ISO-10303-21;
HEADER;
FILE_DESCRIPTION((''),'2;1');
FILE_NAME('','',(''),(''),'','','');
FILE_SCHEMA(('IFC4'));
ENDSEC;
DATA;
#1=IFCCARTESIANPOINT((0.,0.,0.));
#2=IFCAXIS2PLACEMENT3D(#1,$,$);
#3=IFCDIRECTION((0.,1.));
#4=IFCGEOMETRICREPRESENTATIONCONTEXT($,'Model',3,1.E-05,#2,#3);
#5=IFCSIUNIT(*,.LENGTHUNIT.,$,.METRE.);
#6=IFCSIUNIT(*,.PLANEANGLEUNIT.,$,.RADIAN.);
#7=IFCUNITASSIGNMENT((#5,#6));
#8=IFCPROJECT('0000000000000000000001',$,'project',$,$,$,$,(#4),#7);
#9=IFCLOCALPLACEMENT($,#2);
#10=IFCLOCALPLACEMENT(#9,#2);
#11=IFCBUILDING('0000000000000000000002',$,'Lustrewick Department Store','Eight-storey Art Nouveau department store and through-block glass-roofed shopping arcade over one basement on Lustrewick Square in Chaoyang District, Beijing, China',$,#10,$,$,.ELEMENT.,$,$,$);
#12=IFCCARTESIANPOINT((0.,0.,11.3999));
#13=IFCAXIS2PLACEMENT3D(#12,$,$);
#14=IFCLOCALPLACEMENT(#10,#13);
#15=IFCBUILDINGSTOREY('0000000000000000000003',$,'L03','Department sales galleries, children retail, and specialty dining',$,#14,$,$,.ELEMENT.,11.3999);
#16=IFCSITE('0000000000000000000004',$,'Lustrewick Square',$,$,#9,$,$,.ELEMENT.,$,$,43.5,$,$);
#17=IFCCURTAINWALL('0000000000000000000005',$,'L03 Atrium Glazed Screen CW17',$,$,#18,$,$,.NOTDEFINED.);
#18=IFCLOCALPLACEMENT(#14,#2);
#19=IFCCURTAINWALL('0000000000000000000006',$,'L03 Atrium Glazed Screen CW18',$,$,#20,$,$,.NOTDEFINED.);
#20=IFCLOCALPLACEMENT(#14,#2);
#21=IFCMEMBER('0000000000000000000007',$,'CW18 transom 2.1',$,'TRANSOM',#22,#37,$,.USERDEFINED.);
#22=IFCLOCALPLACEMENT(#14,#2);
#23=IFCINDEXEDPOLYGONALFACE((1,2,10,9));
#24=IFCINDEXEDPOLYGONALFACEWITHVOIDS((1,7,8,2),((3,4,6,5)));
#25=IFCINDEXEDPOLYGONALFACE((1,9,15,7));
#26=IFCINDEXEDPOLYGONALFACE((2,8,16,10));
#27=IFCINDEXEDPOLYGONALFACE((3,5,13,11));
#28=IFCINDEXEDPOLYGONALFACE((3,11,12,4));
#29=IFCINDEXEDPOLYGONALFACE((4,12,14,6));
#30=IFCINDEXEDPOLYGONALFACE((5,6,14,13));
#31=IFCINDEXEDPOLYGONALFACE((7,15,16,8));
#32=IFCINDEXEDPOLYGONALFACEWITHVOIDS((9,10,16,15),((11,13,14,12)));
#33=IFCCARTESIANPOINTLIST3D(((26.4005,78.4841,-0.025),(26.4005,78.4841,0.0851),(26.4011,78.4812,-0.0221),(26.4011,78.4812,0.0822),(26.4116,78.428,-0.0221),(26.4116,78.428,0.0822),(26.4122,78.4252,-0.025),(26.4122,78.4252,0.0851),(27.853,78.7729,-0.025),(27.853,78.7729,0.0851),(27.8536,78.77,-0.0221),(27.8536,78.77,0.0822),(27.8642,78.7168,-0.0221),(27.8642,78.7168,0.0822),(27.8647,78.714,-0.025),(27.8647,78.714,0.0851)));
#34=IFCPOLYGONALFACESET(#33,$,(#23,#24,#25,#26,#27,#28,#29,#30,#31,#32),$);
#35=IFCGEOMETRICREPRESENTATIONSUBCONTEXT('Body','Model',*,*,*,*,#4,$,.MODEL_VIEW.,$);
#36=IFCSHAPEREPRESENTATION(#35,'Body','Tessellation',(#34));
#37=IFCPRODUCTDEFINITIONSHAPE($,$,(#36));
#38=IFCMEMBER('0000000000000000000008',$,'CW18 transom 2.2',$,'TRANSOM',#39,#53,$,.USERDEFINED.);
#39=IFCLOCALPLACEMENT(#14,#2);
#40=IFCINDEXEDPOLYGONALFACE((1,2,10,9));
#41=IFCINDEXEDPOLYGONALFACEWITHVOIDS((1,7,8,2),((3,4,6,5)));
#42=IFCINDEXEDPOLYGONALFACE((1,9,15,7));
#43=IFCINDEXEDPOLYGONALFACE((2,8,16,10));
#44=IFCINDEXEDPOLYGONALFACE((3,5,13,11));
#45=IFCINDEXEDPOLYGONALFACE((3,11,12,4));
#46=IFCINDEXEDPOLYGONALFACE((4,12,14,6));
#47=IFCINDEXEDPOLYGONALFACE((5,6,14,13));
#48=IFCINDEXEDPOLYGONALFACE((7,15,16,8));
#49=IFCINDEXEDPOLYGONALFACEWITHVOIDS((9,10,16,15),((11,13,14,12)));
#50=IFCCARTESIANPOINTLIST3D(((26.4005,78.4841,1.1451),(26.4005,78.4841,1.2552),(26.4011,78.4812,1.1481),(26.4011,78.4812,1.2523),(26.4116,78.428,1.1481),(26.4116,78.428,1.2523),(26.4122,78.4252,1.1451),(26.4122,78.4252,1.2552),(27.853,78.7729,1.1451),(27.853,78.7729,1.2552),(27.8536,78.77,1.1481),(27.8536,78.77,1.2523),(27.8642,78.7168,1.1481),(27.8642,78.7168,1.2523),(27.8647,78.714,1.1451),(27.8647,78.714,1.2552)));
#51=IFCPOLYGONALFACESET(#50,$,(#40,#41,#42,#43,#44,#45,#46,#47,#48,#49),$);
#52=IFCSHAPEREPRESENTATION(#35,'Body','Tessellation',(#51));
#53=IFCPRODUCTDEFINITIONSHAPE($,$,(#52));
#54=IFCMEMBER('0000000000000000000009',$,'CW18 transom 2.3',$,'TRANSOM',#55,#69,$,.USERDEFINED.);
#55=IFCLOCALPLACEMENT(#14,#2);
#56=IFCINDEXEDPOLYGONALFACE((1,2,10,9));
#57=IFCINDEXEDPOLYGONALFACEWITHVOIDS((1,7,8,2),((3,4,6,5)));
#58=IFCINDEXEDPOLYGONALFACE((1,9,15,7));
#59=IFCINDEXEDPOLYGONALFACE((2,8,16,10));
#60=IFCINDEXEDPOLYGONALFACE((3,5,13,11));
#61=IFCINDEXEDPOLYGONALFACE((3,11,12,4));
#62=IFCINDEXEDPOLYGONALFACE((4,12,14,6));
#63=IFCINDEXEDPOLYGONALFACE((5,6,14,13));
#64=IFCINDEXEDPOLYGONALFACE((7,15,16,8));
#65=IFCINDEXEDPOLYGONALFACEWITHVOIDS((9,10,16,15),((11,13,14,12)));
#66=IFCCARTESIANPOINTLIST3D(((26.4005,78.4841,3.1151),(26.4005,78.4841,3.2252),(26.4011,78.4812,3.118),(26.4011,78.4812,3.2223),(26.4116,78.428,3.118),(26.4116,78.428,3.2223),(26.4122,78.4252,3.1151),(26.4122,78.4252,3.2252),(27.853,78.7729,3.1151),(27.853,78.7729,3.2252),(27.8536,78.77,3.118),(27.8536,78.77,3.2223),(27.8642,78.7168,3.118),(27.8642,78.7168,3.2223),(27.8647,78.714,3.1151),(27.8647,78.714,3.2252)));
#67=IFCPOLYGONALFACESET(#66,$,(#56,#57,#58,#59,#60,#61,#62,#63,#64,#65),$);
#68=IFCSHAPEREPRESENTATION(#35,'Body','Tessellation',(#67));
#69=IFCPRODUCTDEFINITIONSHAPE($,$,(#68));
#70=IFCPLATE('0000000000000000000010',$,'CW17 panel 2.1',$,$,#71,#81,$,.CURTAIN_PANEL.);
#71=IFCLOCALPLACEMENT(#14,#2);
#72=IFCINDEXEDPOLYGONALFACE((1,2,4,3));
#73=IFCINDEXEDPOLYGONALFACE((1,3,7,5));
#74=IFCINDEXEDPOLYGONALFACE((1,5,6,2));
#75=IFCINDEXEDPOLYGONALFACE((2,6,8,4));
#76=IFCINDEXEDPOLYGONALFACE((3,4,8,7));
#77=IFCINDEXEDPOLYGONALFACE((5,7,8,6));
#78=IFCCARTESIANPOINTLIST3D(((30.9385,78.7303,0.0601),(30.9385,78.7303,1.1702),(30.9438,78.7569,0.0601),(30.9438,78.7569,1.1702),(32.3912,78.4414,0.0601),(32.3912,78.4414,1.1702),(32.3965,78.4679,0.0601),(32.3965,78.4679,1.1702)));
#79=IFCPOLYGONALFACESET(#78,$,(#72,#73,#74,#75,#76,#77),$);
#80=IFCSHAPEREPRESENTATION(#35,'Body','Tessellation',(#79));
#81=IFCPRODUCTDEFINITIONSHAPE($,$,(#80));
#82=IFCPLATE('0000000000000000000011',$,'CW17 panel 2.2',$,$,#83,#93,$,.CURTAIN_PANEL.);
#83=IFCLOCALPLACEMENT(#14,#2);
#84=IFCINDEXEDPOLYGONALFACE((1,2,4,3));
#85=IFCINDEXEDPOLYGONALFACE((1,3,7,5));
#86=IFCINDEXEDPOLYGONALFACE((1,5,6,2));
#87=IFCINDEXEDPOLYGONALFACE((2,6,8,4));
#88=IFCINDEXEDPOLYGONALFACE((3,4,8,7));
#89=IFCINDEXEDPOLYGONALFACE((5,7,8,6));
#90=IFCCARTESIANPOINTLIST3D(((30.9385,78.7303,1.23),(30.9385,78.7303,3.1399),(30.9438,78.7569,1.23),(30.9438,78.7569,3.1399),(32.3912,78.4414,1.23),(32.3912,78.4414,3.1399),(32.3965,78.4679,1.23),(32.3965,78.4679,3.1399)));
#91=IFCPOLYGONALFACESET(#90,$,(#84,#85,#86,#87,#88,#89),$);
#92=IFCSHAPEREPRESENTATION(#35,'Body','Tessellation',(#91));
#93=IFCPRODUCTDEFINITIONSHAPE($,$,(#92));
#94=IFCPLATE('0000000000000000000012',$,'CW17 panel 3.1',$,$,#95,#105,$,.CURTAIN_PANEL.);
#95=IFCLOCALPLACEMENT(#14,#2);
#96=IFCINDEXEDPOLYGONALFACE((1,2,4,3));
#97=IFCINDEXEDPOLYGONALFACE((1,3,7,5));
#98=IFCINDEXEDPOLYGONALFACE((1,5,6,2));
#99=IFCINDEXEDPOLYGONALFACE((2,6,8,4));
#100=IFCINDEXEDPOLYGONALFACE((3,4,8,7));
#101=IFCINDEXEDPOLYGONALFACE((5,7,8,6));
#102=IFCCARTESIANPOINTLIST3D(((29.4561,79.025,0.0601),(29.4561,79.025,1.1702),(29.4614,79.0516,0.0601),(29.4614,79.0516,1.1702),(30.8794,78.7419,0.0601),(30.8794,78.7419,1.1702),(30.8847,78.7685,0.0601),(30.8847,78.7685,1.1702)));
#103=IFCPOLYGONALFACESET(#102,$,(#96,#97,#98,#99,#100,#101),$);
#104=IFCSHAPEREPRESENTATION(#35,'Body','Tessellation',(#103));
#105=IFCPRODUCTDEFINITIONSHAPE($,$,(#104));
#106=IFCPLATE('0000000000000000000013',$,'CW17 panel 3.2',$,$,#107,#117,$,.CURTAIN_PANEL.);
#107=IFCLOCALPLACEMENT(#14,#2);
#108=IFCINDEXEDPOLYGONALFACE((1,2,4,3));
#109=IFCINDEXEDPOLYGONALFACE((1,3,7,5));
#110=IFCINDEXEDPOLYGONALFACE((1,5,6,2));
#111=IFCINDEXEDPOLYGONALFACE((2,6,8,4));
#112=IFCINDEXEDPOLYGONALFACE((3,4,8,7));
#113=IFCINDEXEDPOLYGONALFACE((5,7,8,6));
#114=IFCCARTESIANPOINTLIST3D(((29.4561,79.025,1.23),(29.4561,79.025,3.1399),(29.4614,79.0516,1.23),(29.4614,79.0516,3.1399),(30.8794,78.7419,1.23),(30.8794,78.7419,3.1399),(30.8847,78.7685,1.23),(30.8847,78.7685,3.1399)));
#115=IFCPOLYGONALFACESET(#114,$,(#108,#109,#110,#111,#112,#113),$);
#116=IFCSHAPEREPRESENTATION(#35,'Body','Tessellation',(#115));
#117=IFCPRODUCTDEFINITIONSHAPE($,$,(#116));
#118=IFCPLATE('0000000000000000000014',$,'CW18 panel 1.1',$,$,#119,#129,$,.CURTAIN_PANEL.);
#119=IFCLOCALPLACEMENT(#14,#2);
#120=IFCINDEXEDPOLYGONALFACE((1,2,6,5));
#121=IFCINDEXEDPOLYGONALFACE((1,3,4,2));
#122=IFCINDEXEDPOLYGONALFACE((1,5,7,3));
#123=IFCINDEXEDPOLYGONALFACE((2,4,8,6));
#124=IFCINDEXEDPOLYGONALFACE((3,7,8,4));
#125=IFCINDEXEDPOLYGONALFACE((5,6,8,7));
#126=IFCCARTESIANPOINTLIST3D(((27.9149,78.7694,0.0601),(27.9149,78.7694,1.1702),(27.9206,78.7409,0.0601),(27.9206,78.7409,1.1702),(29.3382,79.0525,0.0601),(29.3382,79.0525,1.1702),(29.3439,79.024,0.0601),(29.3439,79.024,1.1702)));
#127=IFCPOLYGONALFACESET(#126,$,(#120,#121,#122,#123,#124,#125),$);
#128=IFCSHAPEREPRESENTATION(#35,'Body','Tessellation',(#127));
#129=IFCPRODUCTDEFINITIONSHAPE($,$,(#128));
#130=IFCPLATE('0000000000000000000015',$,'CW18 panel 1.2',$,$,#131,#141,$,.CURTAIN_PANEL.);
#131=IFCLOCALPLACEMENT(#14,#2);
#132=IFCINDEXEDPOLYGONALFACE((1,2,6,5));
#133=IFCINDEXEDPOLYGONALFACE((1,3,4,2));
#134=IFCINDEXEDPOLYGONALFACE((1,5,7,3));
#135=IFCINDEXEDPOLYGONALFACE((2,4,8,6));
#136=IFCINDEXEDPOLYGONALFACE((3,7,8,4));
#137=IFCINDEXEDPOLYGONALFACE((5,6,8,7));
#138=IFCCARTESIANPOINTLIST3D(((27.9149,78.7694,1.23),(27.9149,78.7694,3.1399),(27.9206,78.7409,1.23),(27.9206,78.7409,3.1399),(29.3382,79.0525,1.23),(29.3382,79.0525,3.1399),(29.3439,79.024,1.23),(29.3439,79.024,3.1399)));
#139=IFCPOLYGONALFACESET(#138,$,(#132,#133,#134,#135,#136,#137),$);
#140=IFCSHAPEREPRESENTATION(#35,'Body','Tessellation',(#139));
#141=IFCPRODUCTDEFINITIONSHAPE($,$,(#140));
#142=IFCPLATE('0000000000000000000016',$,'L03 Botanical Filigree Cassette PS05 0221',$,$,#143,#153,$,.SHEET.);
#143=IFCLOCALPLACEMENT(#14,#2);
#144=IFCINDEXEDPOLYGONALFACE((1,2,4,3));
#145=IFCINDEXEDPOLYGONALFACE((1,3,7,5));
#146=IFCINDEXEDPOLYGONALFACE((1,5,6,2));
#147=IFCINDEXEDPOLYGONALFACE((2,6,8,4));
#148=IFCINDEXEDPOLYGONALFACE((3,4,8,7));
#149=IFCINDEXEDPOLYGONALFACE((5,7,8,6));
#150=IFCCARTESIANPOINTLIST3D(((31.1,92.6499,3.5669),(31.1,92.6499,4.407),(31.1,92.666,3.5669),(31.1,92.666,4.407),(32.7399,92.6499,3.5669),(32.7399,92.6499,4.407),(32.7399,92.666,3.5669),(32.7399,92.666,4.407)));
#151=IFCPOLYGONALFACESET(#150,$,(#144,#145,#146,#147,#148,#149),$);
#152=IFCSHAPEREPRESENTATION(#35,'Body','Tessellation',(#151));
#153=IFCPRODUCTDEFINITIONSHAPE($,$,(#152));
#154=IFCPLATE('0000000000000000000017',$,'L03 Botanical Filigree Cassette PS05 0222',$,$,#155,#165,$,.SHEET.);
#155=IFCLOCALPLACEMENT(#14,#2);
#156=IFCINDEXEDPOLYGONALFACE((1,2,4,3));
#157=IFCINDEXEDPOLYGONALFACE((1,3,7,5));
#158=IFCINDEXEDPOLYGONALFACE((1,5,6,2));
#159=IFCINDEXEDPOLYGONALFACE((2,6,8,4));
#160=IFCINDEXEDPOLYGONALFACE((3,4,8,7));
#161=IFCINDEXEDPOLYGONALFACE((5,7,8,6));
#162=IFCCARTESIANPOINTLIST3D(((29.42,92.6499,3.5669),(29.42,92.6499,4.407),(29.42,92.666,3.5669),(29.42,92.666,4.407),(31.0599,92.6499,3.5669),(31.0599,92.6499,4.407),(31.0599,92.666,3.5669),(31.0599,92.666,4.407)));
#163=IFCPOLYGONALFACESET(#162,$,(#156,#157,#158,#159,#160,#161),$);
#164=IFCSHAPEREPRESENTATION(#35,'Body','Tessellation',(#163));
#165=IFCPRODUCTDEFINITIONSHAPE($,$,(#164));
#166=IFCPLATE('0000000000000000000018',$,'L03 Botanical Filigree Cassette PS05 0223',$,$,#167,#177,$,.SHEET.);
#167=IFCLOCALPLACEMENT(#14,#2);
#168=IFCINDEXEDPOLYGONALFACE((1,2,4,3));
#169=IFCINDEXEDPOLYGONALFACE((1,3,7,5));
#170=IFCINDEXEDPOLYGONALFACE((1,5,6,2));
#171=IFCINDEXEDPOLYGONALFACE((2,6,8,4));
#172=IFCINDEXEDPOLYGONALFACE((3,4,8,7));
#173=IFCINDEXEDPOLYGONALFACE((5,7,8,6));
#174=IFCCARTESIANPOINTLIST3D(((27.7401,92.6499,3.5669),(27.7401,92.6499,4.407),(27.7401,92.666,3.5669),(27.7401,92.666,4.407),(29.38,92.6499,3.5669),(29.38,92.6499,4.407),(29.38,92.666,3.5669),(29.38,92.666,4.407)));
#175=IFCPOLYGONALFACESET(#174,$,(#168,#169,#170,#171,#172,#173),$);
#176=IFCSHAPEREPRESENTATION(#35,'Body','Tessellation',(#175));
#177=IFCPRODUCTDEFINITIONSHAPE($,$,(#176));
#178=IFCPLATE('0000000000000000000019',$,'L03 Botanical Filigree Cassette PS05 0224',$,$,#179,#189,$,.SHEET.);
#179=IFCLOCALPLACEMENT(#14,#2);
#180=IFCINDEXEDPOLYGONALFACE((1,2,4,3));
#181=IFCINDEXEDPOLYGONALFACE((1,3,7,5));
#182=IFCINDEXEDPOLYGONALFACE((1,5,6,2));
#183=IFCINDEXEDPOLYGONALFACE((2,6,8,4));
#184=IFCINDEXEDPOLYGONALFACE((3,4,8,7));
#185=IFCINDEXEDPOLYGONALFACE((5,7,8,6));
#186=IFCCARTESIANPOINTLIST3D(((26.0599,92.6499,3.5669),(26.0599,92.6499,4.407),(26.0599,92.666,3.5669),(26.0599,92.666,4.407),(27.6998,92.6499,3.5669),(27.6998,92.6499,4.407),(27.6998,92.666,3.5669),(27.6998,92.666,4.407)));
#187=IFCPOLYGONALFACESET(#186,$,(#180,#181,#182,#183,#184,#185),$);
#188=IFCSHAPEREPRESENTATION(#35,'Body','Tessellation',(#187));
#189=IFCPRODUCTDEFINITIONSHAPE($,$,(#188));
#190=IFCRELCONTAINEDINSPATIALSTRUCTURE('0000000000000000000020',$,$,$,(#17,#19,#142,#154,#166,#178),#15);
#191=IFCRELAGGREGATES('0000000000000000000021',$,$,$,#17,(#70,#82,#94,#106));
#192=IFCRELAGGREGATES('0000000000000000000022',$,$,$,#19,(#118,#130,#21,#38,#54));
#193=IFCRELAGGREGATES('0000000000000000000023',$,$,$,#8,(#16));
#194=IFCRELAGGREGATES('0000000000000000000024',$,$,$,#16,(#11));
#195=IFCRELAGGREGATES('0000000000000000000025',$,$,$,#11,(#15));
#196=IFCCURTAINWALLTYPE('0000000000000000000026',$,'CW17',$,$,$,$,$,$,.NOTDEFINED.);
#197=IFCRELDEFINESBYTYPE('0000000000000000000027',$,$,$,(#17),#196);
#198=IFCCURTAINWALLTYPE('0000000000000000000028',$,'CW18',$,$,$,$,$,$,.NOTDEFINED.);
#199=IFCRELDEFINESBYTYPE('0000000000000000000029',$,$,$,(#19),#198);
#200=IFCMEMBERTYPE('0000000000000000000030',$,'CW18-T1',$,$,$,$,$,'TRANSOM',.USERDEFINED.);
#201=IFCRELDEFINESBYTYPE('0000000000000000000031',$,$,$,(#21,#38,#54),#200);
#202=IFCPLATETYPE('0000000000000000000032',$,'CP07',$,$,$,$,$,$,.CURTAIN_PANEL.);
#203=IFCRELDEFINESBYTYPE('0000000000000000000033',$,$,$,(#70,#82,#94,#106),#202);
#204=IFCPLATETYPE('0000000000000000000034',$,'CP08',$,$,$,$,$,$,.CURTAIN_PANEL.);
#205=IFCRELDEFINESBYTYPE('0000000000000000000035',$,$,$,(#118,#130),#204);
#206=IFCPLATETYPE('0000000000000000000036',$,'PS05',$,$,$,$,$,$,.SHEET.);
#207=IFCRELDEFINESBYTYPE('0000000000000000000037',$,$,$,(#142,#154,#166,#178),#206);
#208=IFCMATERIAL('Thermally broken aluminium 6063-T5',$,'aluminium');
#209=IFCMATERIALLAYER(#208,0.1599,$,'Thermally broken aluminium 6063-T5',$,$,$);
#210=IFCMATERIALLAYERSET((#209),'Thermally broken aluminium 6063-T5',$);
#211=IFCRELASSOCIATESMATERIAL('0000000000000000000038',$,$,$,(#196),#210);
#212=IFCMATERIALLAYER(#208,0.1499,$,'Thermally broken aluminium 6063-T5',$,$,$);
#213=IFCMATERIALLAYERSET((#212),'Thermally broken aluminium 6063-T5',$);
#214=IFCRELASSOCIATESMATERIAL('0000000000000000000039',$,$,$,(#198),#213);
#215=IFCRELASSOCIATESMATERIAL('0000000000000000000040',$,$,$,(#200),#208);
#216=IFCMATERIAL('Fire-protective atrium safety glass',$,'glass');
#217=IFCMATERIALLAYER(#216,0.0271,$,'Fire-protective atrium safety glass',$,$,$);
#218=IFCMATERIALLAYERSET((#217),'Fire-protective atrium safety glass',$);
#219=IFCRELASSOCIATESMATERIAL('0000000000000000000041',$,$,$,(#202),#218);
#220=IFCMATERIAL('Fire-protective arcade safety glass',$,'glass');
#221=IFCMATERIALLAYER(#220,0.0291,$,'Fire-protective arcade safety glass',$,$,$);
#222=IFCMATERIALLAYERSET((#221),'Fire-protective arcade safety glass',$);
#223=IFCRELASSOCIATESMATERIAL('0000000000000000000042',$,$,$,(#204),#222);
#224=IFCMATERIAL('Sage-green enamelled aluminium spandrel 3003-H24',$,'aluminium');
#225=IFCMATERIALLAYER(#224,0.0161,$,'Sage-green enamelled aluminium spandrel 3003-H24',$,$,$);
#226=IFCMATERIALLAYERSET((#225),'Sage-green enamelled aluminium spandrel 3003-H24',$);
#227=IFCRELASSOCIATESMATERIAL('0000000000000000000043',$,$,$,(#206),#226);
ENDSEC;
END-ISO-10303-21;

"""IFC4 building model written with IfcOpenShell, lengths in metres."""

from ifc_helpers import new_model, si_unit, direction, frame, origin, origin_2d, place, context, subcontext, project, spatial, rectangle, hollow_rectangle, extrude, material, layer, layer_set, material_profile, profile_set, type_object, element, aggregate, save


model = new_model("IFC4")

# Units and contexts
model_context = context("Model", 3, precision=1e-05, world=origin(), true_north=direction((0.0, 1.0)))
body_context = subcontext(model_context, "Body", "Model", "MODEL_VIEW")
ifc_project = project(units=[si_unit("LENGTHUNIT", "METRE"), si_unit("PLANEANGLEUNIT", "RADIAN")], contexts=[model_context])

# Site, building, storey
site_placement = place(None, origin())
site = spatial("IfcSite", under=ifc_project, at=site_placement, Name="Lustrewick Square", CompositionType="ELEMENT", RefElevation=43.5)
building_placement = place(site_placement, origin())
building = spatial("IfcBuilding", under=site, at=building_placement, Name="Lustrewick Department Store", Description="Eight-storey Art Nouveau department store and through-block glass-roofed shopping arcade over one basement on Lustrewick Square in Chaoyang District, Beijing, China", CompositionType="ELEMENT")
storey_placement = place(building_placement, frame((0.0, 0.0, 11.3999)))
storey = spatial("IfcBuildingStorey", under=building, at=storey_placement, Name="L03", Description="Department sales galleries, children retail, and specialty dining", CompositionType="ELEMENT", Elevation=11.3999)

# Curtain walls, members
ifc_material_1 = material(Name="Thermally broken aluminium 6063-T5", Category="aluminium")
ifc_layer_1 = layer(ifc_material_1, 0.1599, Name="Thermally broken aluminium 6063-T5")
ifc_layer_set_1 = layer_set([ifc_layer_1], Name="Thermally broken aluminium 6063-T5")
curtain_wall_type_1 = type_object("IfcCurtainWallType", Name="CW17", PredefinedType="NOTDEFINED", material=ifc_layer_set_1)
curtain_wall_1_placement = place(storey_placement, origin())
curtain_wall_1 = element("IfcCurtainWall", 1, at=curtain_wall_1_placement, inside=storey, type_object=curtain_wall_type_1, Name="L03 Atrium Glazed Screen CW17", PredefinedType="NOTDEFINED")
ifc_layer_2 = layer(ifc_material_1, 0.1499, Name="Thermally broken aluminium 6063-T5")
ifc_layer_set_2 = layer_set([ifc_layer_2], Name="Thermally broken aluminium 6063-T5")
curtain_wall_type_2 = type_object("IfcCurtainWallType", Name="CW18", PredefinedType="NOTDEFINED", material=ifc_layer_set_2)
curtain_wall_2_placement = place(storey_placement, origin())
curtain_wall_2 = element("IfcCurtainWall", 2, at=curtain_wall_2_placement, inside=storey, type_object=curtain_wall_type_2, Name="L03 Atrium Glazed Screen CW18", PredefinedType="NOTDEFINED")
ifc_material_profile_1 = material_profile(ifc_material_1, hollow_rectangle(XDim=0.0601, YDim=0.1101, WallThickness=0.0029, at=origin_2d()), Name="ALU-T 60x110x3")
ifc_profile_set_1 = profile_set([ifc_material_profile_1], Name="Thermally broken aluminium 6063-T5")
member_type_1 = type_object("IfcMemberType", Name="CW18-T1", ElementType="TRANSOM", PredefinedType="USERDEFINED", material=ifc_profile_set_1)
member_1_placement = place(storey_placement, frame((27.8589, 78.7434, 0.03), z_axis=(-0.980802, -0.195007, 0.0), x_axis=(0.195007, -0.980802, 0.0)))
member_1 = element("IfcMember", 3, at=member_1_placement, type_object=member_type_1, Name="CW18 transom 2.1", ObjectType="TRANSOM", PredefinedType="USERDEFINED", context=body_context, shape_type="SweptSolid", body=[
    extrude(hollow_rectangle(XDim=0.0601, YDim=0.1101, WallThickness=0.0029, at=origin_2d()), origin(), (0.0, 0.0, 1.0), 1.481),
])
member_2_placement = place(storey_placement, frame((27.8589, 78.7434, 1.2002), z_axis=(-0.980802, -0.195007, 0.0), x_axis=(0.195007, -0.980802, 0.0)))
member_2 = element("IfcMember", 4, at=member_2_placement, type_object=member_type_1, Name="CW18 transom 2.2", ObjectType="TRANSOM", PredefinedType="USERDEFINED", context=body_context, shape_type="SweptSolid", body=[
    extrude(hollow_rectangle(XDim=0.0601, YDim=0.1101, WallThickness=0.0029, at=origin_2d()), origin(), (0.0, 0.0, 1.0), 1.481),
])
member_3_placement = place(storey_placement, frame((27.8589, 78.7434, 3.1702), z_axis=(-0.980802, -0.195007, 0.0), x_axis=(0.195007, -0.980802, 0.0)))
member_3 = element("IfcMember", 5, at=member_3_placement, type_object=member_type_1, Name="CW18 transom 2.3", ObjectType="TRANSOM", PredefinedType="USERDEFINED", context=body_context, shape_type="SweptSolid", body=[
    extrude(hollow_rectangle(XDim=0.0601, YDim=0.1101, WallThickness=0.0029, at=origin_2d()), origin(), (0.0, 0.0, 1.0), 1.481),
])

# Plates
ifc_material_2 = material(Name="Fire-protective atrium safety glass", Category="glass")
ifc_layer_3 = layer(ifc_material_2, 0.0271, Name="Fire-protective atrium safety glass")
ifc_layer_set_3 = layer_set([ifc_layer_3], Name="Fire-protective atrium safety glass")
plate_type_1 = type_object("IfcPlateType", Name="CP07", PredefinedType="CURTAIN_PANEL", material=ifc_layer_set_3)
plate_1_placement = place(storey_placement, frame((31.6675, 78.5991, 0.0601), z_axis=(0.0, 0.0, 1.0), x_axis=(-0.980786, 0.195085, 0.0)))
plate_1 = element("IfcPlate", 6, at=plate_1_placement, type_object=plate_type_1, Name="CW17 panel 2.1", PredefinedType="CURTAIN_PANEL", context=body_context, shape_type="SweptSolid", body=[
    extrude(rectangle(XDim=1.4812, YDim=0.0271, at=origin_2d()), origin(), (0.0, 0.0, 1.0), 1.1101),
])
plate_2_placement = place(storey_placement, frame((31.6675, 78.5991, 1.23), z_axis=(0.0, 0.0, 1.0), x_axis=(-0.980786, 0.195085, 0.0)))
plate_2 = element("IfcPlate", 7, at=plate_2_placement, type_object=plate_type_1, Name="CW17 panel 2.2", PredefinedType="CURTAIN_PANEL", context=body_context, shape_type="SweptSolid", body=[
    extrude(rectangle(XDim=1.4812, YDim=0.0271, at=origin_2d()), origin(), (0.0, 0.0, 1.0), 1.9099),
])
plate_3_placement = place(storey_placement, frame((30.1704, 78.8967, 0.0601), z_axis=(0.0, 0.0, 1.0), x_axis=(-0.980786, 0.195085, 0.0)))
plate_3 = element("IfcPlate", 8, at=plate_3_placement, type_object=plate_type_1, Name="CW17 panel 3.1", PredefinedType="CURTAIN_PANEL", context=body_context, shape_type="SweptSolid", body=[
    extrude(rectangle(XDim=1.4512, YDim=0.0271, at=origin_2d()), origin(), (0.0, 0.0, 1.0), 1.1101),
])
plate_4_placement = place(storey_placement, frame((30.1704, 78.8967, 1.23), z_axis=(0.0, 0.0, 1.0), x_axis=(-0.980786, 0.195085, 0.0)))
plate_4 = element("IfcPlate", 9, at=plate_4_placement, type_object=plate_type_1, Name="CW17 panel 3.2", PredefinedType="CURTAIN_PANEL", context=body_context, shape_type="SweptSolid", body=[
    extrude(rectangle(XDim=1.4512, YDim=0.0271, at=origin_2d()), origin(), (0.0, 0.0, 1.0), 1.9099),
])
aggregate(curtain_wall_1, [plate_1, plate_2, plate_3, plate_4])
ifc_material_3 = material(Name="Fire-protective arcade safety glass", Category="glass")
ifc_layer_4 = layer(ifc_material_3, 0.0291, Name="Fire-protective arcade safety glass")
ifc_layer_set_4 = layer_set([ifc_layer_4], Name="Fire-protective arcade safety glass")
plate_type_2 = type_object("IfcPlateType", Name="CP08", PredefinedType="CURTAIN_PANEL", material=ifc_layer_set_4)
plate_5_placement = place(storey_placement, frame((28.6294, 78.8967, 0.0601), z_axis=(0.0, 0.0, 1.0), x_axis=(-0.980786, -0.195085, 0.0)))
plate_5 = element("IfcPlate", 10, at=plate_5_placement, type_object=plate_type_2, Name="CW18 panel 1.1", PredefinedType="CURTAIN_PANEL", context=body_context, shape_type="SweptSolid", body=[
    extrude(rectangle(XDim=1.4512, YDim=0.0291, at=origin_2d()), origin(), (0.0, 0.0, 1.0), 1.1101),
])
plate_6_placement = place(storey_placement, frame((28.6294, 78.8967, 1.23), z_axis=(0.0, 0.0, 1.0), x_axis=(-0.980786, -0.195085, 0.0)))
plate_6 = element("IfcPlate", 11, at=plate_6_placement, type_object=plate_type_2, Name="CW18 panel 1.2", PredefinedType="CURTAIN_PANEL", context=body_context, shape_type="SweptSolid", body=[
    extrude(rectangle(XDim=1.4512, YDim=0.0291, at=origin_2d()), origin(), (0.0, 0.0, 1.0), 1.9099),
])
aggregate(curtain_wall_2, [plate_5, plate_6, member_1, member_2, member_3])

# Plates
ifc_material_4 = material(Name="Sage-green enamelled aluminium spandrel 3003-H24", Category="aluminium")
ifc_layer_5 = layer(ifc_material_4, 0.0161, Name="Sage-green enamelled aluminium spandrel 3003-H24")
ifc_layer_set_5 = layer_set([ifc_layer_5], Name="Sage-green enamelled aluminium spandrel 3003-H24")
plate_type_3 = type_object("IfcPlateType", Name="PS05", PredefinedType="SHEET", material=ifc_layer_set_5)
for number, where, z_axis, x_axis, name in (
    (12, (31.9199, 92.658, 3.5669), (0.0, 0.0, 1.0), (-1.0, 0.0, 0.0), "L03 Botanical Filigree Cassette PS05 0221"),
    (13, (30.24, 92.658, 3.5669), (0.0, 0.0, 1.0), (-1.0, 0.0, 0.0), "L03 Botanical Filigree Cassette PS05 0222"),
    (14, (28.5601, 92.658, 3.5669), (0.0, 0.0, 1.0), (-1.0, 0.0, 0.0), "L03 Botanical Filigree Cassette PS05 0223"),
    (15, (26.8799, 92.658, 3.5669), (0.0, 0.0, 1.0), (-1.0, 0.0, 0.0), "L03 Botanical Filigree Cassette PS05 0224"),
):
    element("IfcPlate", number, at=place(storey_placement, frame(where, z_axis=z_axis, x_axis=x_axis)), inside=storey, type_object=plate_type_3, Name=name, PredefinedType="SHEET", context=body_context, shape_type="SweptSolid", body=[
        extrude(rectangle(XDim=1.6399, YDim=0.0161, at=origin_2d()), origin(), (0.0, 0.0, 1.0), 0.8401),
    ])

save(model, "model.ifc")
